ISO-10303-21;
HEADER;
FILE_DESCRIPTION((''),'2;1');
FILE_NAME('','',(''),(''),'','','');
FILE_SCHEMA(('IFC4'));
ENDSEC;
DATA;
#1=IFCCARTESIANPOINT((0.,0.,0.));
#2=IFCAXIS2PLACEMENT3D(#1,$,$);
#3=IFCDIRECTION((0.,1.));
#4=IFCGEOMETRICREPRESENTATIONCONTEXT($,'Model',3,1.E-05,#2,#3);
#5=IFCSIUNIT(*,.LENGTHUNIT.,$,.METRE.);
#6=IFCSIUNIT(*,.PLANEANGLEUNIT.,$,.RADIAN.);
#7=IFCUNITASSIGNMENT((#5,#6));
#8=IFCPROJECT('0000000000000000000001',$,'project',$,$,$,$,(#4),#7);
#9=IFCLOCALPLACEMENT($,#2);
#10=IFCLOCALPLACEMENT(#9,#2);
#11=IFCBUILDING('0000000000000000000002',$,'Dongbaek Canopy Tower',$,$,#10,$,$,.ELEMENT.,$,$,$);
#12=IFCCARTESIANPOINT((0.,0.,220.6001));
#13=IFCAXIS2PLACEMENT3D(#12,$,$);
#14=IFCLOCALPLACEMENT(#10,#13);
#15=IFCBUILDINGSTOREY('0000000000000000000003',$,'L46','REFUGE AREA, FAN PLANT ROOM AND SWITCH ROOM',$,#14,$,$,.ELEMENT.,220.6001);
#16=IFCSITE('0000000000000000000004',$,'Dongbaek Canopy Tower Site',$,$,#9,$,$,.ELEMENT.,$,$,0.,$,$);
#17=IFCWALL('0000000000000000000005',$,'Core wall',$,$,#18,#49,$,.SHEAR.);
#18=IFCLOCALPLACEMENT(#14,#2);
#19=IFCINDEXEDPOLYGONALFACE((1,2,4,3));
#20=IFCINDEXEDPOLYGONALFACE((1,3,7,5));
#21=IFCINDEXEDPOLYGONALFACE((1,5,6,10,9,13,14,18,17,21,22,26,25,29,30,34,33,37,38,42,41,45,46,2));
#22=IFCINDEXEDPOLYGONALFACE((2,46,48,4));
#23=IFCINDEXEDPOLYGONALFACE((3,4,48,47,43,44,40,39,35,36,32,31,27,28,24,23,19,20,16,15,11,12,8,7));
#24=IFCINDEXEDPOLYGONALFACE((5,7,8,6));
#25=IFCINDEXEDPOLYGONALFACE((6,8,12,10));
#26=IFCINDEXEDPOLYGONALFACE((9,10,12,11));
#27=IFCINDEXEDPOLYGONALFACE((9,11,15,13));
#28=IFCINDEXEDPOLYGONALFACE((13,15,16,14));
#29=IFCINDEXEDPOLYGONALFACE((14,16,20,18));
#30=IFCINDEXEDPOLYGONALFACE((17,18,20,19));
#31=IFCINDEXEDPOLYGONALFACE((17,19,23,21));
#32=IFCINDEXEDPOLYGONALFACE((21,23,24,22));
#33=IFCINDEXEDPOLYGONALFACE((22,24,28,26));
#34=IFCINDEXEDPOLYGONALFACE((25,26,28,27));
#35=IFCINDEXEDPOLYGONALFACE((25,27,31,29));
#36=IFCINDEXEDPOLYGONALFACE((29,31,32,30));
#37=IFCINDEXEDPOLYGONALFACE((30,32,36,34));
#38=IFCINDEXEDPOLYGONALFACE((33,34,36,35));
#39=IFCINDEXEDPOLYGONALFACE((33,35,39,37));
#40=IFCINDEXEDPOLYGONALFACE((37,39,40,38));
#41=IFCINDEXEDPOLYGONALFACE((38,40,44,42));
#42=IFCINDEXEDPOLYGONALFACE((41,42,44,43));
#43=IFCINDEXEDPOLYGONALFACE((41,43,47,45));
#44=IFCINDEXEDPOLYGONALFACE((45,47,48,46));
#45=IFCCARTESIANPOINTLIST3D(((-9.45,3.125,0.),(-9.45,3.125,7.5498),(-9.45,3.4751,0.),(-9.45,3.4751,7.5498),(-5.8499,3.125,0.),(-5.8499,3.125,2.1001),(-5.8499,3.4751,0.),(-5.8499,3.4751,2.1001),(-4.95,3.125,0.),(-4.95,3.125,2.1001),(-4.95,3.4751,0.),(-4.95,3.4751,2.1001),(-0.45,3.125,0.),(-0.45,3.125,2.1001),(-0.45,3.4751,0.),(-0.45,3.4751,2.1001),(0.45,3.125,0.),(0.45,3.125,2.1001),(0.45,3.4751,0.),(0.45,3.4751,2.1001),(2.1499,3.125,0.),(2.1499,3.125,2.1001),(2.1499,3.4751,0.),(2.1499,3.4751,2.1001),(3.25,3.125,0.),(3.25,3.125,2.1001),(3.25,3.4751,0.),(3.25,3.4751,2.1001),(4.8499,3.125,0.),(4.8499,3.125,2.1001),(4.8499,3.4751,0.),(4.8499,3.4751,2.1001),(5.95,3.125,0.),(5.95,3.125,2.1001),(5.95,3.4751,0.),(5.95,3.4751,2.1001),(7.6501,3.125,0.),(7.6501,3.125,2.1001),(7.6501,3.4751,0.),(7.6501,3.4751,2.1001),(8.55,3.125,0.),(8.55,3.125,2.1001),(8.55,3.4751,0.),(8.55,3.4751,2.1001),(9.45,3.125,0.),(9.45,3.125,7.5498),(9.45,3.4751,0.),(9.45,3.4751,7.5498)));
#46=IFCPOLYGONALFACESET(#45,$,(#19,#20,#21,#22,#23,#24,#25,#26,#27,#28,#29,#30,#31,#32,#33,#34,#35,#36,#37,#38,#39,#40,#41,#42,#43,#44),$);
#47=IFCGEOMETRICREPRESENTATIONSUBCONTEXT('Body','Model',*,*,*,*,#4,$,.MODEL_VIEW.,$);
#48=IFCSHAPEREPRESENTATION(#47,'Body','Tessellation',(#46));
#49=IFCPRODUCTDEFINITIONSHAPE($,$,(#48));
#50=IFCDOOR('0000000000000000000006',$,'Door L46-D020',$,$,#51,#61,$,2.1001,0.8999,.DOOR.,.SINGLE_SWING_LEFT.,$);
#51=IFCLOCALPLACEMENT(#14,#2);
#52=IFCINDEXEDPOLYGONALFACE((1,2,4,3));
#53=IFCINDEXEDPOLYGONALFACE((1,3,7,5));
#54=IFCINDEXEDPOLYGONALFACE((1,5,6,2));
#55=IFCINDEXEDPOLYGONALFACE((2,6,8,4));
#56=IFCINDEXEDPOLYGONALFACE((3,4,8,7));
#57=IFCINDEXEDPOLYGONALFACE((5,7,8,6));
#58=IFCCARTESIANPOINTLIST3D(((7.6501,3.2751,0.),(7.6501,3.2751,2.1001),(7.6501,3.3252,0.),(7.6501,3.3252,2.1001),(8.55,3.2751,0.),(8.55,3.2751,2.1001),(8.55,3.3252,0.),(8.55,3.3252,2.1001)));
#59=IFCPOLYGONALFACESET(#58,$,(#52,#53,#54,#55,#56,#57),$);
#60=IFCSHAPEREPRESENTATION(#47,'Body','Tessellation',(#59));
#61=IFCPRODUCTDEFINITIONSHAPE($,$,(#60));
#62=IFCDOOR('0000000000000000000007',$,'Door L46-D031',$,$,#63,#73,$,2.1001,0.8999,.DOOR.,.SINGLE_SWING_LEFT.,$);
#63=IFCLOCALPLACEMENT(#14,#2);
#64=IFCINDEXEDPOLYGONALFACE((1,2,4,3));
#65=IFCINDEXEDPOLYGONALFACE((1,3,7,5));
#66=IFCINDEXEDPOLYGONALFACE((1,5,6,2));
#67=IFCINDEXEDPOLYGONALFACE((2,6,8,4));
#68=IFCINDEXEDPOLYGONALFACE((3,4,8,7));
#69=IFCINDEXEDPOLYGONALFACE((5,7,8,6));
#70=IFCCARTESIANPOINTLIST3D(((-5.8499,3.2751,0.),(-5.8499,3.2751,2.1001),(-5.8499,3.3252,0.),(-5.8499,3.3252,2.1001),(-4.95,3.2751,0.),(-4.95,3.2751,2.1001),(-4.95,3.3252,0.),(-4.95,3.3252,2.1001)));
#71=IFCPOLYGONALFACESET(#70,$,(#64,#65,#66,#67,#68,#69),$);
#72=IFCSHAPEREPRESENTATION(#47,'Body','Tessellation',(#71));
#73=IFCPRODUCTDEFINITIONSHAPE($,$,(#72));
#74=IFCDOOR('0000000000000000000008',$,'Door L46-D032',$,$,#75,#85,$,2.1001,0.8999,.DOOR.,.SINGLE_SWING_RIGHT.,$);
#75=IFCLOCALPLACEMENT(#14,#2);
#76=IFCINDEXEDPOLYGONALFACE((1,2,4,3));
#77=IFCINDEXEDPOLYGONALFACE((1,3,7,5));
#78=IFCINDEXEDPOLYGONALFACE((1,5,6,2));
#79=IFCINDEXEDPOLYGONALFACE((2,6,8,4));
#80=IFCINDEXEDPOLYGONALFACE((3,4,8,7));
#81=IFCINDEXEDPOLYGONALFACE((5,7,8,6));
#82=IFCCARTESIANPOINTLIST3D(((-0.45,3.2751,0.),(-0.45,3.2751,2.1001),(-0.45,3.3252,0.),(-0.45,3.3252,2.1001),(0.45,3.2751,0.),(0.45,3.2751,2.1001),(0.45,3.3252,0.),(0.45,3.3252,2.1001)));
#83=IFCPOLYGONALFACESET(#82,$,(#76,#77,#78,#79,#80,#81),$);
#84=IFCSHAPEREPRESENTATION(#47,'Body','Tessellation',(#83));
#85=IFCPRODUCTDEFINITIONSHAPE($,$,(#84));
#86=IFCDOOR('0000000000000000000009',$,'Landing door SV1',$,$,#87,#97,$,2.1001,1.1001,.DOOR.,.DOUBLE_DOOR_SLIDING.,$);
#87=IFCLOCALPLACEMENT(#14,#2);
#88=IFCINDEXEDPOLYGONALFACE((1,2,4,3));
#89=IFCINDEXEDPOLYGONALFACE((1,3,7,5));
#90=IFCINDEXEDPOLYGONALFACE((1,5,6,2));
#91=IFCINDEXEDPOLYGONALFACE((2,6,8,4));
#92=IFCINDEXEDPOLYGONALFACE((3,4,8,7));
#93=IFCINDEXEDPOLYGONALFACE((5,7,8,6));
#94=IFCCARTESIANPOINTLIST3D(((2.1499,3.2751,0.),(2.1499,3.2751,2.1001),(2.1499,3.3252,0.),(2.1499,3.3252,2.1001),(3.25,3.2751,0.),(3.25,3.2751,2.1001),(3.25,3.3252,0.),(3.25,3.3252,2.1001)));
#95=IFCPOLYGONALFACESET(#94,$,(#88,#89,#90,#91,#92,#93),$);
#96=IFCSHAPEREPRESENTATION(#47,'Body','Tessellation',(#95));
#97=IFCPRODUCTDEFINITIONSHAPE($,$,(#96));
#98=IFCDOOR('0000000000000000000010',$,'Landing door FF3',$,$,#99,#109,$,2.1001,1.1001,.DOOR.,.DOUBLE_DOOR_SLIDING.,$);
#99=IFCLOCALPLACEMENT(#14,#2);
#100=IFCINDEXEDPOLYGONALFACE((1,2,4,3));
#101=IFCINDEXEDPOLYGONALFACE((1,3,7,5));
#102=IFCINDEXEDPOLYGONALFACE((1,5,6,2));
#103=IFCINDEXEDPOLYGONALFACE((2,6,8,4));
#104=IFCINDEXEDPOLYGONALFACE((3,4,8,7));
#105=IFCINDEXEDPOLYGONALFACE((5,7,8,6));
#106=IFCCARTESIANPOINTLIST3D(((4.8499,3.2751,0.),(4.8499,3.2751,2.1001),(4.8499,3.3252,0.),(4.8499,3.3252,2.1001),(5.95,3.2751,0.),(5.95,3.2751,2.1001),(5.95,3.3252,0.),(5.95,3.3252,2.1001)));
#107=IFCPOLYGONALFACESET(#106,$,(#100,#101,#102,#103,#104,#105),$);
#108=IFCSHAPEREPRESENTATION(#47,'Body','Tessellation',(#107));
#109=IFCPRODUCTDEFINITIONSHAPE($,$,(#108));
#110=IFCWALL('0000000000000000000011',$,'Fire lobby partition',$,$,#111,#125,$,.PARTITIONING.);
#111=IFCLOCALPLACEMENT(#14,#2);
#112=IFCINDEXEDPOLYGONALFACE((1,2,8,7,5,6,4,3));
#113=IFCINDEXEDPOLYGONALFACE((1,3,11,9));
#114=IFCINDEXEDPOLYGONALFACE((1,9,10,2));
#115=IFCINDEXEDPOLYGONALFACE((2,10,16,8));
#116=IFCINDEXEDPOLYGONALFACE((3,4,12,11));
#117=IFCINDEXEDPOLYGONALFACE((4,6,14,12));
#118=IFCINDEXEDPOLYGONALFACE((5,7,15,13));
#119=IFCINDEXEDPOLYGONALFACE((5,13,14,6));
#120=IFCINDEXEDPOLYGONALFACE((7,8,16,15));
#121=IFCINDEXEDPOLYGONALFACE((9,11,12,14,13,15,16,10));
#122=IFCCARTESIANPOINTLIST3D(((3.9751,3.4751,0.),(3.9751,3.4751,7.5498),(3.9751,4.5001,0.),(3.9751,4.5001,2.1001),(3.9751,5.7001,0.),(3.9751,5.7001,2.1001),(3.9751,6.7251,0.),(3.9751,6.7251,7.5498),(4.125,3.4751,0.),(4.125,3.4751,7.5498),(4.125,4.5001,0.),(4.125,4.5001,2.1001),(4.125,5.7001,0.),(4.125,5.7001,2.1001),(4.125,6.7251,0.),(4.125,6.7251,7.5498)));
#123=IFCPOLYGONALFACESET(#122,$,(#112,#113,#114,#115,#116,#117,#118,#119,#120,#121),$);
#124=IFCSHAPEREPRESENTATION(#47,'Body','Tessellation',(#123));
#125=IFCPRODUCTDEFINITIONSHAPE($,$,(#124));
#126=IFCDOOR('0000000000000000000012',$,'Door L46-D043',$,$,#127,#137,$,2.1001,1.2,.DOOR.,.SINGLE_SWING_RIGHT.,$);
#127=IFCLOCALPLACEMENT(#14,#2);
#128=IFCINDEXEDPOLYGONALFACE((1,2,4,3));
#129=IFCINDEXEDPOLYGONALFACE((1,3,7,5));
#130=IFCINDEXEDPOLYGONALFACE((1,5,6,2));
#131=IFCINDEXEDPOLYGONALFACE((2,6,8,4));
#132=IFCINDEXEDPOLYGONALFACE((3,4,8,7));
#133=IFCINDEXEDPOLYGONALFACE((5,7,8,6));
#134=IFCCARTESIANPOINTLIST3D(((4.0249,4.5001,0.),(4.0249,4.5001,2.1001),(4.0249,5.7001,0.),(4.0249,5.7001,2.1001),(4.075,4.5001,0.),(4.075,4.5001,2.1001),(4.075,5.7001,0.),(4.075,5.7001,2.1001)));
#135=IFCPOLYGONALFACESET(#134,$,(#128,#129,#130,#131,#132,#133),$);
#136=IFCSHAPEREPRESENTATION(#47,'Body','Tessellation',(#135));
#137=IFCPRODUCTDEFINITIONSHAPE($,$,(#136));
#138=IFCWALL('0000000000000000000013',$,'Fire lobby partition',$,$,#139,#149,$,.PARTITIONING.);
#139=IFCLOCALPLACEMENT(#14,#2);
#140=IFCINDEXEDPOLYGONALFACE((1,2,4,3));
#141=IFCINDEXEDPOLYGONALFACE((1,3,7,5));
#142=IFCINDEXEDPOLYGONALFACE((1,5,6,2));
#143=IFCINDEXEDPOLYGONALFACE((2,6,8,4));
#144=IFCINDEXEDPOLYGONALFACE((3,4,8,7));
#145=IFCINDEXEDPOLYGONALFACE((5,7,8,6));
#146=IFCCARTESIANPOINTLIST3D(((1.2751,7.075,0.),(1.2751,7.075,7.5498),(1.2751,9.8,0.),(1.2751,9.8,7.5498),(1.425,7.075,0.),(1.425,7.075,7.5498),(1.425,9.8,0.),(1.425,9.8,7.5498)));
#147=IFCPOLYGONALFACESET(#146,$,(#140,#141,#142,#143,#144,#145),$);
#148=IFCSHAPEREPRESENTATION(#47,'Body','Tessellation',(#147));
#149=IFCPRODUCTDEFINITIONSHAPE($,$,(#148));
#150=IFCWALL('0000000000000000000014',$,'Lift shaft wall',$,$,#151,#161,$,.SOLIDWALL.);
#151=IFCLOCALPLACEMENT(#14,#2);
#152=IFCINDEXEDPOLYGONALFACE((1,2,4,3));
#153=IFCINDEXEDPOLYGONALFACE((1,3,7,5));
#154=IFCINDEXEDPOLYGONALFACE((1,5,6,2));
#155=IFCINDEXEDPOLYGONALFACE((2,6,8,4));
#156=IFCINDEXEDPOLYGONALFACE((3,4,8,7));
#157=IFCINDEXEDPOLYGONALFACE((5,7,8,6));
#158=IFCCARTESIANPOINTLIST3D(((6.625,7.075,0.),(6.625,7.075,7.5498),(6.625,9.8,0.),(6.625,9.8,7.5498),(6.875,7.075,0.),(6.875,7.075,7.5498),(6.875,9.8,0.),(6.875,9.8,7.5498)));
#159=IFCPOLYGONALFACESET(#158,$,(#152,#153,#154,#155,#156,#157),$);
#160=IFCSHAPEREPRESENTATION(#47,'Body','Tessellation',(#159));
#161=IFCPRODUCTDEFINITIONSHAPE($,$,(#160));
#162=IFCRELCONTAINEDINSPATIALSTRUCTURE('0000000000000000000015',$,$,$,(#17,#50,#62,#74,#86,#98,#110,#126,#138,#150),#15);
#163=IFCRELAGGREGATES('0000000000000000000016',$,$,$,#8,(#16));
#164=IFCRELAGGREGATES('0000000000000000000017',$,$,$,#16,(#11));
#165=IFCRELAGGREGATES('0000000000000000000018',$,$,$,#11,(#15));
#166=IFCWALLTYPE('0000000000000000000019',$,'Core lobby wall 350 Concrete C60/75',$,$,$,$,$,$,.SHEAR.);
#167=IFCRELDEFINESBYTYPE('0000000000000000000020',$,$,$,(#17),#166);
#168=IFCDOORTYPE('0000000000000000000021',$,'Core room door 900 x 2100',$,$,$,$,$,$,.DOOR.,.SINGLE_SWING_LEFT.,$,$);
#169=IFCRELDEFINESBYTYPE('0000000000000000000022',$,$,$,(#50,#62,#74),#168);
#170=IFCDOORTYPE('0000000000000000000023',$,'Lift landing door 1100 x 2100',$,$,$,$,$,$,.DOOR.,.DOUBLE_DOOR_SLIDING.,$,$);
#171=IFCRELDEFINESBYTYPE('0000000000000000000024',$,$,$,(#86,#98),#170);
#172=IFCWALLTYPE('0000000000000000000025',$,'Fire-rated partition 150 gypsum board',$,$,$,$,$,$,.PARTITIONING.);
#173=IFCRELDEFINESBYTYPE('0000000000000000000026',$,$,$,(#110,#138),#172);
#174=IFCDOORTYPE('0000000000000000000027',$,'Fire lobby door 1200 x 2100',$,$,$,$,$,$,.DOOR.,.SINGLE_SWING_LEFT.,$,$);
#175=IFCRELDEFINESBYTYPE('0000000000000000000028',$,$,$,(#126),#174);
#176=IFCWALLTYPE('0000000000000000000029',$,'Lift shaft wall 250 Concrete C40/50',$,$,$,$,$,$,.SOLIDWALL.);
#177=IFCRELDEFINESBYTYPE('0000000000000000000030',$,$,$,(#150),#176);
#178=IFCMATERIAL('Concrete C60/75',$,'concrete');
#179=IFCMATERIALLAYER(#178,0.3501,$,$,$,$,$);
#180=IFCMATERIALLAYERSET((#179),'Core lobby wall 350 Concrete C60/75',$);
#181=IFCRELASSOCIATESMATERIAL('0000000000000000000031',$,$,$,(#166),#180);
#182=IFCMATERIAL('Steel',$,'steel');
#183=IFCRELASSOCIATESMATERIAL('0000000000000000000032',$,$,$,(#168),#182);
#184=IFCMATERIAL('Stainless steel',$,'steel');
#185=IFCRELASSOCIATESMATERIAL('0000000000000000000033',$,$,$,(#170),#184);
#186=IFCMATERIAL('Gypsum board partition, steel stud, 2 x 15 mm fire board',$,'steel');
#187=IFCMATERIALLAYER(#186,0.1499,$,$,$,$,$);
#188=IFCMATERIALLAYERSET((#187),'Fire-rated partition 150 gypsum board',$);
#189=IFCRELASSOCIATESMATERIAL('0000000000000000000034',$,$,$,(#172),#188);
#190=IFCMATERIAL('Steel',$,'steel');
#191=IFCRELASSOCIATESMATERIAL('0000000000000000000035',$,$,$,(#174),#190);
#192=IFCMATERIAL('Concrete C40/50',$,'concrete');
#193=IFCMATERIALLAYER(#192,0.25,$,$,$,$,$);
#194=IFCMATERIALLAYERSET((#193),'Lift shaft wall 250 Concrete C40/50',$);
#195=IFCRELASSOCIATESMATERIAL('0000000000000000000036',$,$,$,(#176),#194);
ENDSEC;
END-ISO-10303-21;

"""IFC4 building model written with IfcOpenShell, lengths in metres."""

from ifc_helpers import new_model, si_unit, direction, frame, frame_2d, origin, place, context, subcontext, project, spatial, rectangle, extrude, material, layer, layer_set, type_object, element, fill, save


model = new_model("IFC4")

# Units and contexts
model_context = context("Model", 3, precision=1e-05, world=origin(), true_north=direction((0.0, 1.0)))
body_context = subcontext(model_context, "Body", "Model", "MODEL_VIEW")
ifc_project = project(units=[si_unit("LENGTHUNIT", "METRE"), si_unit("PLANEANGLEUNIT", "RADIAN")], contexts=[model_context])

# Site, building, storey
site_placement = place(None, origin())
site = spatial("IfcSite", under=ifc_project, at=site_placement, Name="Dongbaek Canopy Tower Site", CompositionType="ELEMENT", RefElevation=0.0)
building_placement = place(site_placement, origin())
building = spatial("IfcBuilding", under=site, at=building_placement, Name="Dongbaek Canopy Tower", CompositionType="ELEMENT")
storey_placement = place(building_placement, frame((0.0, 0.0, 220.6001)))
storey = spatial("IfcBuildingStorey", under=building, at=storey_placement, Name="L46", Description="REFUGE AREA, FAN PLANT ROOM AND SWITCH ROOM", CompositionType="ELEMENT", Elevation=220.6001)

# Wall, openings, doors
ifc_material_1 = material(Name="Concrete C60/75", Category="concrete")
ifc_layer_1 = layer(ifc_material_1, 0.3501)
ifc_layer_set_1 = layer_set([ifc_layer_1], Name="Core lobby wall 350 Concrete C60/75")
wall_type_1 = type_object("IfcWallType", Name="Core lobby wall 350 Concrete C60/75", PredefinedType="SHEAR", material=ifc_layer_set_1)
wall_1_placement = place(storey_placement, frame((9.45, 3.3, 0.0), z_axis=(0.0, 0.0, 1.0), x_axis=(-1.0, 0.0, 0.0)))
wall_1 = element("IfcWall", 1, at=wall_1_placement, inside=storey, type_object=wall_type_1, Name="Core wall", PredefinedType="SHEAR", context=body_context, shape_type="SweptSolid", body=[
    extrude(rectangle(XDim=18.8999, YDim=0.3501, at=frame_2d((9.45, 0.0))), origin(), (0.0, 0.0, 1.0), 7.5498),
])
opening_1_placement = place(wall_1_placement, frame((6.2, 0.0, 0.0)))
opening_1 = element("IfcOpeningElement", 2, at=opening_1_placement, cuts=wall_1, PredefinedType="OPENING", context=body_context, shape_type="SweptSolid", body=[
    extrude(rectangle(XDim=1.1001, YDim=2.1001, at=frame_2d((0.55, 1.05))), frame((0.0, 0.1851, 0.0), z_axis=(0.0, -1.0, 0.0), x_axis=(1.0, 0.0, 0.0)), (0.0, 0.0, 1.0), 0.3701),
])
opening_2_placement = place(wall_1_placement, frame((3.5, 0.0, 0.0)))
opening_2 = element("IfcOpeningElement", 3, at=opening_2_placement, cuts=wall_1, PredefinedType="OPENING", context=body_context, shape_type="SweptSolid", body=[
    extrude(rectangle(XDim=1.1001, YDim=2.1001, at=frame_2d((0.55, 1.05))), frame((0.0, 0.1851, 0.0), z_axis=(0.0, -1.0, 0.0), x_axis=(1.0, 0.0, 0.0)), (0.0, 0.0, 1.0), 0.3701),
])
opening_3_placement = place(wall_1_placement, frame((0.8999, 0.0, 0.0)))
opening_3 = element("IfcOpeningElement", 4, at=opening_3_placement, cuts=wall_1, PredefinedType="OPENING", context=body_context, shape_type="SweptSolid", body=[
    extrude(rectangle(XDim=0.8999, YDim=2.1001, at=frame_2d((0.45, 1.05))), frame((0.0, 0.1851, 0.0), z_axis=(0.0, -1.0, 0.0), x_axis=(1.0, 0.0, 0.0)), (0.0, 0.0, 1.0), 0.3701),
])
opening_4_placement = place(wall_1_placement, frame((14.3999, 0.0, 0.0)))
opening_4 = element("IfcOpeningElement", 5, at=opening_4_placement, cuts=wall_1, PredefinedType="OPENING", context=body_context, shape_type="SweptSolid", body=[
    extrude(rectangle(XDim=0.8999, YDim=2.1001, at=frame_2d((0.45, 1.05))), frame((0.0, 0.1851, 0.0), z_axis=(0.0, -1.0, 0.0), x_axis=(1.0, 0.0, 0.0)), (0.0, 0.0, 1.0), 0.3701),
])
opening_5_placement = place(wall_1_placement, frame((9.0, 0.0, 0.0)))
opening_5 = element("IfcOpeningElement", 6, at=opening_5_placement, cuts=wall_1, PredefinedType="OPENING", context=body_context, shape_type="SweptSolid", body=[
    extrude(rectangle(XDim=0.8999, YDim=2.1001, at=frame_2d((0.45, 1.05))), frame((0.0, 0.1851, 0.0), z_axis=(0.0, -1.0, 0.0), x_axis=(1.0, 0.0, 0.0)), (0.0, 0.0, 1.0), 0.3701),
])
ifc_material_2 = material(Name="Steel", Category="steel")
door_type_1 = type_object("IfcDoorType", Name="Core room door 900 x 2100", OperationType="SINGLE_SWING_LEFT", PredefinedType="DOOR", material=ifc_material_2)
door_1_placement = place(opening_3_placement, origin())
door_1 = element("IfcDoor", 7, at=door_1_placement, inside=storey, type_object=door_type_1, Name="Door L46-D020", OperationType="SINGLE_SWING_LEFT", OverallHeight=2.1001, OverallWidth=0.8999, PredefinedType="DOOR", context=body_context, shape_type="SweptSolid", body=[
    extrude(rectangle(XDim=0.8999, YDim=2.1001, at=frame_2d((0.45, 1.05))), frame((0.0, 0.0249, 0.0), z_axis=(0.0, -1.0, 0.0), x_axis=(1.0, 0.0, 0.0)), (0.0, 0.0, 1.0), 0.05),
])
fill(opening_3, door_1)
door_2_placement = place(opening_4_placement, origin())
door_2 = element("IfcDoor", 8, at=door_2_placement, inside=storey, type_object=door_type_1, Name="Door L46-D031", OperationType="SINGLE_SWING_LEFT", OverallHeight=2.1001, OverallWidth=0.8999, PredefinedType="DOOR", context=body_context, shape_type="SweptSolid", body=[
    extrude(rectangle(XDim=0.8999, YDim=2.1001, at=frame_2d((0.45, 1.05))), frame((0.0, 0.0249, 0.0), z_axis=(0.0, -1.0, 0.0), x_axis=(1.0, 0.0, 0.0)), (0.0, 0.0, 1.0), 0.05),
])
fill(opening_4, door_2)
door_3_placement = place(opening_5_placement, origin())
door_3 = element("IfcDoor", 9, at=door_3_placement, inside=storey, type_object=door_type_1, Name="Door L46-D032", OperationType="SINGLE_SWING_RIGHT", OverallHeight=2.1001, OverallWidth=0.8999, PredefinedType="DOOR", context=body_context, shape_type="SweptSolid", body=[
    extrude(rectangle(XDim=0.8999, YDim=2.1001, at=frame_2d((0.45, 1.05))), frame((0.0, 0.0249, 0.0), z_axis=(0.0, -1.0, 0.0), x_axis=(1.0, 0.0, 0.0)), (0.0, 0.0, 1.0), 0.05),
])
fill(opening_5, door_3)
ifc_material_3 = material(Name="Stainless steel", Category="steel")
door_type_2 = type_object("IfcDoorType", Name="Lift landing door 1100 x 2100", OperationType="DOUBLE_DOOR_SLIDING", PredefinedType="DOOR", material=ifc_material_3)
door_4_placement = place(opening_1_placement, origin())
door_4 = element("IfcDoor", 10, at=door_4_placement, inside=storey, type_object=door_type_2, Name="Landing door SV1", OperationType="DOUBLE_DOOR_SLIDING", OverallHeight=2.1001, OverallWidth=1.1001, PredefinedType="DOOR", context=body_context, shape_type="SweptSolid", body=[
    extrude(rectangle(XDim=1.1001, YDim=2.1001, at=frame_2d((0.55, 1.05))), frame((0.0, 0.0249, 0.0), z_axis=(0.0, -1.0, 0.0), x_axis=(1.0, 0.0, 0.0)), (0.0, 0.0, 1.0), 0.05),
])
fill(opening_1, door_4)
door_5_placement = place(opening_2_placement, origin())
door_5 = element("IfcDoor", 11, at=door_5_placement, inside=storey, type_object=door_type_2, Name="Landing door FF3", OperationType="DOUBLE_DOOR_SLIDING", OverallHeight=2.1001, OverallWidth=1.1001, PredefinedType="DOOR", context=body_context, shape_type="SweptSolid", body=[
    extrude(rectangle(XDim=1.1001, YDim=2.1001, at=frame_2d((0.55, 1.05))), frame((0.0, 0.0249, 0.0), z_axis=(0.0, -1.0, 0.0), x_axis=(1.0, 0.0, 0.0)), (0.0, 0.0, 1.0), 0.05),
])
fill(opening_2, door_5)

# Wall, opening, door
ifc_material_4 = material(Name="Gypsum board partition, steel stud, 2 x 15 mm fire board", Category="steel")
ifc_layer_2 = layer(ifc_material_4, 0.1499)
ifc_layer_set_2 = layer_set([ifc_layer_2], Name="Fire-rated partition 150 gypsum board")
wall_type_2 = type_object("IfcWallType", Name="Fire-rated partition 150 gypsum board", PredefinedType="PARTITIONING", material=ifc_layer_set_2)
wall_2_placement = place(storey_placement, frame((4.05, 6.7251, 0.0), z_axis=(0.0, 0.0, 1.0), x_axis=(0.0, -1.0, 0.0)))
wall_2 = element("IfcWall", 12, at=wall_2_placement, inside=storey, type_object=wall_type_2, Name="Fire lobby partition", PredefinedType="PARTITIONING", context=body_context, shape_type="SweptSolid", body=[
    extrude(rectangle(XDim=3.25, YDim=0.1499, at=frame_2d((1.625, 0.0))), origin(), (0.0, 0.0, 1.0), 7.5498),
])
opening_6_placement = place(wall_2_placement, frame((1.0249, 0.0, 0.0)))
opening_6 = element("IfcOpeningElement", 13, at=opening_6_placement, cuts=wall_2, PredefinedType="OPENING", context=body_context, shape_type="SweptSolid", body=[
    extrude(rectangle(XDim=1.2, YDim=2.1001, at=frame_2d((0.6001, 1.05))), frame((0.0, 0.085, 0.0), z_axis=(0.0, -1.0, 0.0), x_axis=(1.0, 0.0, 0.0)), (0.0, 0.0, 1.0), 0.1699),
])
ifc_material_5 = material(Name="Steel", Category="steel")
door_type_3 = type_object("IfcDoorType", Name="Fire lobby door 1200 x 2100", OperationType="SINGLE_SWING_LEFT", PredefinedType="DOOR", material=ifc_material_5)
door_6_placement = place(opening_6_placement, origin())
door_6 = element("IfcDoor", 14, at=door_6_placement, inside=storey, type_object=door_type_3, Name="Door L46-D043", OperationType="SINGLE_SWING_RIGHT", OverallHeight=2.1001, OverallWidth=1.2, PredefinedType="DOOR", context=body_context, shape_type="SweptSolid", body=[
    extrude(rectangle(XDim=1.2, YDim=2.1001, at=frame_2d((0.6001, 1.05))), frame((0.0, 0.0249, 0.0), z_axis=(0.0, -1.0, 0.0), x_axis=(1.0, 0.0, 0.0)), (0.0, 0.0, 1.0), 0.05),
])
fill(opening_6, door_6)

# Walls
wall_3_placement = place(storey_placement, frame((1.3501, 7.075, 0.0), z_axis=(0.0, 0.0, 1.0), x_axis=(0.0, 1.0, 0.0)))
element("IfcWall", 15, at=wall_3_placement, inside=storey, type_object=wall_type_2, Name="Fire lobby partition", PredefinedType="PARTITIONING", context=body_context, shape_type="SweptSolid", body=[
    extrude(rectangle(XDim=2.7251, YDim=0.1499, at=frame_2d((1.3625, 0.0))), origin(), (0.0, 0.0, 1.0), 7.5498),
])
ifc_material_6 = material(Name="Concrete C40/50", Category="concrete")
ifc_layer_3 = layer(ifc_material_6, 0.25)
ifc_layer_set_3 = layer_set([ifc_layer_3], Name="Lift shaft wall 250 Concrete C40/50")
wall_type_3 = type_object("IfcWallType", Name="Lift shaft wall 250 Concrete C40/50", PredefinedType="SOLIDWALL", material=ifc_layer_set_3)
for number, where, z_axis, x_axis, name in (
    (16, (6.75, 7.075, 0.0), (0.0, 0.0, 1.0), (0.0, 1.0, 0.0), "Lift shaft wall"),
):
    element("IfcWall", number, at=place(storey_placement, frame(where, z_axis=z_axis, x_axis=x_axis)), inside=storey, type_object=wall_type_3, Name=name, PredefinedType="SOLIDWALL", context=body_context, shape_type="SweptSolid", body=[
        extrude(rectangle(XDim=2.7251, YDim=0.25, at=frame_2d((1.3625, 0.0))), origin(), (0.0, 0.0, 1.0), 7.5498),
    ])

save(model, "model.ifc")
